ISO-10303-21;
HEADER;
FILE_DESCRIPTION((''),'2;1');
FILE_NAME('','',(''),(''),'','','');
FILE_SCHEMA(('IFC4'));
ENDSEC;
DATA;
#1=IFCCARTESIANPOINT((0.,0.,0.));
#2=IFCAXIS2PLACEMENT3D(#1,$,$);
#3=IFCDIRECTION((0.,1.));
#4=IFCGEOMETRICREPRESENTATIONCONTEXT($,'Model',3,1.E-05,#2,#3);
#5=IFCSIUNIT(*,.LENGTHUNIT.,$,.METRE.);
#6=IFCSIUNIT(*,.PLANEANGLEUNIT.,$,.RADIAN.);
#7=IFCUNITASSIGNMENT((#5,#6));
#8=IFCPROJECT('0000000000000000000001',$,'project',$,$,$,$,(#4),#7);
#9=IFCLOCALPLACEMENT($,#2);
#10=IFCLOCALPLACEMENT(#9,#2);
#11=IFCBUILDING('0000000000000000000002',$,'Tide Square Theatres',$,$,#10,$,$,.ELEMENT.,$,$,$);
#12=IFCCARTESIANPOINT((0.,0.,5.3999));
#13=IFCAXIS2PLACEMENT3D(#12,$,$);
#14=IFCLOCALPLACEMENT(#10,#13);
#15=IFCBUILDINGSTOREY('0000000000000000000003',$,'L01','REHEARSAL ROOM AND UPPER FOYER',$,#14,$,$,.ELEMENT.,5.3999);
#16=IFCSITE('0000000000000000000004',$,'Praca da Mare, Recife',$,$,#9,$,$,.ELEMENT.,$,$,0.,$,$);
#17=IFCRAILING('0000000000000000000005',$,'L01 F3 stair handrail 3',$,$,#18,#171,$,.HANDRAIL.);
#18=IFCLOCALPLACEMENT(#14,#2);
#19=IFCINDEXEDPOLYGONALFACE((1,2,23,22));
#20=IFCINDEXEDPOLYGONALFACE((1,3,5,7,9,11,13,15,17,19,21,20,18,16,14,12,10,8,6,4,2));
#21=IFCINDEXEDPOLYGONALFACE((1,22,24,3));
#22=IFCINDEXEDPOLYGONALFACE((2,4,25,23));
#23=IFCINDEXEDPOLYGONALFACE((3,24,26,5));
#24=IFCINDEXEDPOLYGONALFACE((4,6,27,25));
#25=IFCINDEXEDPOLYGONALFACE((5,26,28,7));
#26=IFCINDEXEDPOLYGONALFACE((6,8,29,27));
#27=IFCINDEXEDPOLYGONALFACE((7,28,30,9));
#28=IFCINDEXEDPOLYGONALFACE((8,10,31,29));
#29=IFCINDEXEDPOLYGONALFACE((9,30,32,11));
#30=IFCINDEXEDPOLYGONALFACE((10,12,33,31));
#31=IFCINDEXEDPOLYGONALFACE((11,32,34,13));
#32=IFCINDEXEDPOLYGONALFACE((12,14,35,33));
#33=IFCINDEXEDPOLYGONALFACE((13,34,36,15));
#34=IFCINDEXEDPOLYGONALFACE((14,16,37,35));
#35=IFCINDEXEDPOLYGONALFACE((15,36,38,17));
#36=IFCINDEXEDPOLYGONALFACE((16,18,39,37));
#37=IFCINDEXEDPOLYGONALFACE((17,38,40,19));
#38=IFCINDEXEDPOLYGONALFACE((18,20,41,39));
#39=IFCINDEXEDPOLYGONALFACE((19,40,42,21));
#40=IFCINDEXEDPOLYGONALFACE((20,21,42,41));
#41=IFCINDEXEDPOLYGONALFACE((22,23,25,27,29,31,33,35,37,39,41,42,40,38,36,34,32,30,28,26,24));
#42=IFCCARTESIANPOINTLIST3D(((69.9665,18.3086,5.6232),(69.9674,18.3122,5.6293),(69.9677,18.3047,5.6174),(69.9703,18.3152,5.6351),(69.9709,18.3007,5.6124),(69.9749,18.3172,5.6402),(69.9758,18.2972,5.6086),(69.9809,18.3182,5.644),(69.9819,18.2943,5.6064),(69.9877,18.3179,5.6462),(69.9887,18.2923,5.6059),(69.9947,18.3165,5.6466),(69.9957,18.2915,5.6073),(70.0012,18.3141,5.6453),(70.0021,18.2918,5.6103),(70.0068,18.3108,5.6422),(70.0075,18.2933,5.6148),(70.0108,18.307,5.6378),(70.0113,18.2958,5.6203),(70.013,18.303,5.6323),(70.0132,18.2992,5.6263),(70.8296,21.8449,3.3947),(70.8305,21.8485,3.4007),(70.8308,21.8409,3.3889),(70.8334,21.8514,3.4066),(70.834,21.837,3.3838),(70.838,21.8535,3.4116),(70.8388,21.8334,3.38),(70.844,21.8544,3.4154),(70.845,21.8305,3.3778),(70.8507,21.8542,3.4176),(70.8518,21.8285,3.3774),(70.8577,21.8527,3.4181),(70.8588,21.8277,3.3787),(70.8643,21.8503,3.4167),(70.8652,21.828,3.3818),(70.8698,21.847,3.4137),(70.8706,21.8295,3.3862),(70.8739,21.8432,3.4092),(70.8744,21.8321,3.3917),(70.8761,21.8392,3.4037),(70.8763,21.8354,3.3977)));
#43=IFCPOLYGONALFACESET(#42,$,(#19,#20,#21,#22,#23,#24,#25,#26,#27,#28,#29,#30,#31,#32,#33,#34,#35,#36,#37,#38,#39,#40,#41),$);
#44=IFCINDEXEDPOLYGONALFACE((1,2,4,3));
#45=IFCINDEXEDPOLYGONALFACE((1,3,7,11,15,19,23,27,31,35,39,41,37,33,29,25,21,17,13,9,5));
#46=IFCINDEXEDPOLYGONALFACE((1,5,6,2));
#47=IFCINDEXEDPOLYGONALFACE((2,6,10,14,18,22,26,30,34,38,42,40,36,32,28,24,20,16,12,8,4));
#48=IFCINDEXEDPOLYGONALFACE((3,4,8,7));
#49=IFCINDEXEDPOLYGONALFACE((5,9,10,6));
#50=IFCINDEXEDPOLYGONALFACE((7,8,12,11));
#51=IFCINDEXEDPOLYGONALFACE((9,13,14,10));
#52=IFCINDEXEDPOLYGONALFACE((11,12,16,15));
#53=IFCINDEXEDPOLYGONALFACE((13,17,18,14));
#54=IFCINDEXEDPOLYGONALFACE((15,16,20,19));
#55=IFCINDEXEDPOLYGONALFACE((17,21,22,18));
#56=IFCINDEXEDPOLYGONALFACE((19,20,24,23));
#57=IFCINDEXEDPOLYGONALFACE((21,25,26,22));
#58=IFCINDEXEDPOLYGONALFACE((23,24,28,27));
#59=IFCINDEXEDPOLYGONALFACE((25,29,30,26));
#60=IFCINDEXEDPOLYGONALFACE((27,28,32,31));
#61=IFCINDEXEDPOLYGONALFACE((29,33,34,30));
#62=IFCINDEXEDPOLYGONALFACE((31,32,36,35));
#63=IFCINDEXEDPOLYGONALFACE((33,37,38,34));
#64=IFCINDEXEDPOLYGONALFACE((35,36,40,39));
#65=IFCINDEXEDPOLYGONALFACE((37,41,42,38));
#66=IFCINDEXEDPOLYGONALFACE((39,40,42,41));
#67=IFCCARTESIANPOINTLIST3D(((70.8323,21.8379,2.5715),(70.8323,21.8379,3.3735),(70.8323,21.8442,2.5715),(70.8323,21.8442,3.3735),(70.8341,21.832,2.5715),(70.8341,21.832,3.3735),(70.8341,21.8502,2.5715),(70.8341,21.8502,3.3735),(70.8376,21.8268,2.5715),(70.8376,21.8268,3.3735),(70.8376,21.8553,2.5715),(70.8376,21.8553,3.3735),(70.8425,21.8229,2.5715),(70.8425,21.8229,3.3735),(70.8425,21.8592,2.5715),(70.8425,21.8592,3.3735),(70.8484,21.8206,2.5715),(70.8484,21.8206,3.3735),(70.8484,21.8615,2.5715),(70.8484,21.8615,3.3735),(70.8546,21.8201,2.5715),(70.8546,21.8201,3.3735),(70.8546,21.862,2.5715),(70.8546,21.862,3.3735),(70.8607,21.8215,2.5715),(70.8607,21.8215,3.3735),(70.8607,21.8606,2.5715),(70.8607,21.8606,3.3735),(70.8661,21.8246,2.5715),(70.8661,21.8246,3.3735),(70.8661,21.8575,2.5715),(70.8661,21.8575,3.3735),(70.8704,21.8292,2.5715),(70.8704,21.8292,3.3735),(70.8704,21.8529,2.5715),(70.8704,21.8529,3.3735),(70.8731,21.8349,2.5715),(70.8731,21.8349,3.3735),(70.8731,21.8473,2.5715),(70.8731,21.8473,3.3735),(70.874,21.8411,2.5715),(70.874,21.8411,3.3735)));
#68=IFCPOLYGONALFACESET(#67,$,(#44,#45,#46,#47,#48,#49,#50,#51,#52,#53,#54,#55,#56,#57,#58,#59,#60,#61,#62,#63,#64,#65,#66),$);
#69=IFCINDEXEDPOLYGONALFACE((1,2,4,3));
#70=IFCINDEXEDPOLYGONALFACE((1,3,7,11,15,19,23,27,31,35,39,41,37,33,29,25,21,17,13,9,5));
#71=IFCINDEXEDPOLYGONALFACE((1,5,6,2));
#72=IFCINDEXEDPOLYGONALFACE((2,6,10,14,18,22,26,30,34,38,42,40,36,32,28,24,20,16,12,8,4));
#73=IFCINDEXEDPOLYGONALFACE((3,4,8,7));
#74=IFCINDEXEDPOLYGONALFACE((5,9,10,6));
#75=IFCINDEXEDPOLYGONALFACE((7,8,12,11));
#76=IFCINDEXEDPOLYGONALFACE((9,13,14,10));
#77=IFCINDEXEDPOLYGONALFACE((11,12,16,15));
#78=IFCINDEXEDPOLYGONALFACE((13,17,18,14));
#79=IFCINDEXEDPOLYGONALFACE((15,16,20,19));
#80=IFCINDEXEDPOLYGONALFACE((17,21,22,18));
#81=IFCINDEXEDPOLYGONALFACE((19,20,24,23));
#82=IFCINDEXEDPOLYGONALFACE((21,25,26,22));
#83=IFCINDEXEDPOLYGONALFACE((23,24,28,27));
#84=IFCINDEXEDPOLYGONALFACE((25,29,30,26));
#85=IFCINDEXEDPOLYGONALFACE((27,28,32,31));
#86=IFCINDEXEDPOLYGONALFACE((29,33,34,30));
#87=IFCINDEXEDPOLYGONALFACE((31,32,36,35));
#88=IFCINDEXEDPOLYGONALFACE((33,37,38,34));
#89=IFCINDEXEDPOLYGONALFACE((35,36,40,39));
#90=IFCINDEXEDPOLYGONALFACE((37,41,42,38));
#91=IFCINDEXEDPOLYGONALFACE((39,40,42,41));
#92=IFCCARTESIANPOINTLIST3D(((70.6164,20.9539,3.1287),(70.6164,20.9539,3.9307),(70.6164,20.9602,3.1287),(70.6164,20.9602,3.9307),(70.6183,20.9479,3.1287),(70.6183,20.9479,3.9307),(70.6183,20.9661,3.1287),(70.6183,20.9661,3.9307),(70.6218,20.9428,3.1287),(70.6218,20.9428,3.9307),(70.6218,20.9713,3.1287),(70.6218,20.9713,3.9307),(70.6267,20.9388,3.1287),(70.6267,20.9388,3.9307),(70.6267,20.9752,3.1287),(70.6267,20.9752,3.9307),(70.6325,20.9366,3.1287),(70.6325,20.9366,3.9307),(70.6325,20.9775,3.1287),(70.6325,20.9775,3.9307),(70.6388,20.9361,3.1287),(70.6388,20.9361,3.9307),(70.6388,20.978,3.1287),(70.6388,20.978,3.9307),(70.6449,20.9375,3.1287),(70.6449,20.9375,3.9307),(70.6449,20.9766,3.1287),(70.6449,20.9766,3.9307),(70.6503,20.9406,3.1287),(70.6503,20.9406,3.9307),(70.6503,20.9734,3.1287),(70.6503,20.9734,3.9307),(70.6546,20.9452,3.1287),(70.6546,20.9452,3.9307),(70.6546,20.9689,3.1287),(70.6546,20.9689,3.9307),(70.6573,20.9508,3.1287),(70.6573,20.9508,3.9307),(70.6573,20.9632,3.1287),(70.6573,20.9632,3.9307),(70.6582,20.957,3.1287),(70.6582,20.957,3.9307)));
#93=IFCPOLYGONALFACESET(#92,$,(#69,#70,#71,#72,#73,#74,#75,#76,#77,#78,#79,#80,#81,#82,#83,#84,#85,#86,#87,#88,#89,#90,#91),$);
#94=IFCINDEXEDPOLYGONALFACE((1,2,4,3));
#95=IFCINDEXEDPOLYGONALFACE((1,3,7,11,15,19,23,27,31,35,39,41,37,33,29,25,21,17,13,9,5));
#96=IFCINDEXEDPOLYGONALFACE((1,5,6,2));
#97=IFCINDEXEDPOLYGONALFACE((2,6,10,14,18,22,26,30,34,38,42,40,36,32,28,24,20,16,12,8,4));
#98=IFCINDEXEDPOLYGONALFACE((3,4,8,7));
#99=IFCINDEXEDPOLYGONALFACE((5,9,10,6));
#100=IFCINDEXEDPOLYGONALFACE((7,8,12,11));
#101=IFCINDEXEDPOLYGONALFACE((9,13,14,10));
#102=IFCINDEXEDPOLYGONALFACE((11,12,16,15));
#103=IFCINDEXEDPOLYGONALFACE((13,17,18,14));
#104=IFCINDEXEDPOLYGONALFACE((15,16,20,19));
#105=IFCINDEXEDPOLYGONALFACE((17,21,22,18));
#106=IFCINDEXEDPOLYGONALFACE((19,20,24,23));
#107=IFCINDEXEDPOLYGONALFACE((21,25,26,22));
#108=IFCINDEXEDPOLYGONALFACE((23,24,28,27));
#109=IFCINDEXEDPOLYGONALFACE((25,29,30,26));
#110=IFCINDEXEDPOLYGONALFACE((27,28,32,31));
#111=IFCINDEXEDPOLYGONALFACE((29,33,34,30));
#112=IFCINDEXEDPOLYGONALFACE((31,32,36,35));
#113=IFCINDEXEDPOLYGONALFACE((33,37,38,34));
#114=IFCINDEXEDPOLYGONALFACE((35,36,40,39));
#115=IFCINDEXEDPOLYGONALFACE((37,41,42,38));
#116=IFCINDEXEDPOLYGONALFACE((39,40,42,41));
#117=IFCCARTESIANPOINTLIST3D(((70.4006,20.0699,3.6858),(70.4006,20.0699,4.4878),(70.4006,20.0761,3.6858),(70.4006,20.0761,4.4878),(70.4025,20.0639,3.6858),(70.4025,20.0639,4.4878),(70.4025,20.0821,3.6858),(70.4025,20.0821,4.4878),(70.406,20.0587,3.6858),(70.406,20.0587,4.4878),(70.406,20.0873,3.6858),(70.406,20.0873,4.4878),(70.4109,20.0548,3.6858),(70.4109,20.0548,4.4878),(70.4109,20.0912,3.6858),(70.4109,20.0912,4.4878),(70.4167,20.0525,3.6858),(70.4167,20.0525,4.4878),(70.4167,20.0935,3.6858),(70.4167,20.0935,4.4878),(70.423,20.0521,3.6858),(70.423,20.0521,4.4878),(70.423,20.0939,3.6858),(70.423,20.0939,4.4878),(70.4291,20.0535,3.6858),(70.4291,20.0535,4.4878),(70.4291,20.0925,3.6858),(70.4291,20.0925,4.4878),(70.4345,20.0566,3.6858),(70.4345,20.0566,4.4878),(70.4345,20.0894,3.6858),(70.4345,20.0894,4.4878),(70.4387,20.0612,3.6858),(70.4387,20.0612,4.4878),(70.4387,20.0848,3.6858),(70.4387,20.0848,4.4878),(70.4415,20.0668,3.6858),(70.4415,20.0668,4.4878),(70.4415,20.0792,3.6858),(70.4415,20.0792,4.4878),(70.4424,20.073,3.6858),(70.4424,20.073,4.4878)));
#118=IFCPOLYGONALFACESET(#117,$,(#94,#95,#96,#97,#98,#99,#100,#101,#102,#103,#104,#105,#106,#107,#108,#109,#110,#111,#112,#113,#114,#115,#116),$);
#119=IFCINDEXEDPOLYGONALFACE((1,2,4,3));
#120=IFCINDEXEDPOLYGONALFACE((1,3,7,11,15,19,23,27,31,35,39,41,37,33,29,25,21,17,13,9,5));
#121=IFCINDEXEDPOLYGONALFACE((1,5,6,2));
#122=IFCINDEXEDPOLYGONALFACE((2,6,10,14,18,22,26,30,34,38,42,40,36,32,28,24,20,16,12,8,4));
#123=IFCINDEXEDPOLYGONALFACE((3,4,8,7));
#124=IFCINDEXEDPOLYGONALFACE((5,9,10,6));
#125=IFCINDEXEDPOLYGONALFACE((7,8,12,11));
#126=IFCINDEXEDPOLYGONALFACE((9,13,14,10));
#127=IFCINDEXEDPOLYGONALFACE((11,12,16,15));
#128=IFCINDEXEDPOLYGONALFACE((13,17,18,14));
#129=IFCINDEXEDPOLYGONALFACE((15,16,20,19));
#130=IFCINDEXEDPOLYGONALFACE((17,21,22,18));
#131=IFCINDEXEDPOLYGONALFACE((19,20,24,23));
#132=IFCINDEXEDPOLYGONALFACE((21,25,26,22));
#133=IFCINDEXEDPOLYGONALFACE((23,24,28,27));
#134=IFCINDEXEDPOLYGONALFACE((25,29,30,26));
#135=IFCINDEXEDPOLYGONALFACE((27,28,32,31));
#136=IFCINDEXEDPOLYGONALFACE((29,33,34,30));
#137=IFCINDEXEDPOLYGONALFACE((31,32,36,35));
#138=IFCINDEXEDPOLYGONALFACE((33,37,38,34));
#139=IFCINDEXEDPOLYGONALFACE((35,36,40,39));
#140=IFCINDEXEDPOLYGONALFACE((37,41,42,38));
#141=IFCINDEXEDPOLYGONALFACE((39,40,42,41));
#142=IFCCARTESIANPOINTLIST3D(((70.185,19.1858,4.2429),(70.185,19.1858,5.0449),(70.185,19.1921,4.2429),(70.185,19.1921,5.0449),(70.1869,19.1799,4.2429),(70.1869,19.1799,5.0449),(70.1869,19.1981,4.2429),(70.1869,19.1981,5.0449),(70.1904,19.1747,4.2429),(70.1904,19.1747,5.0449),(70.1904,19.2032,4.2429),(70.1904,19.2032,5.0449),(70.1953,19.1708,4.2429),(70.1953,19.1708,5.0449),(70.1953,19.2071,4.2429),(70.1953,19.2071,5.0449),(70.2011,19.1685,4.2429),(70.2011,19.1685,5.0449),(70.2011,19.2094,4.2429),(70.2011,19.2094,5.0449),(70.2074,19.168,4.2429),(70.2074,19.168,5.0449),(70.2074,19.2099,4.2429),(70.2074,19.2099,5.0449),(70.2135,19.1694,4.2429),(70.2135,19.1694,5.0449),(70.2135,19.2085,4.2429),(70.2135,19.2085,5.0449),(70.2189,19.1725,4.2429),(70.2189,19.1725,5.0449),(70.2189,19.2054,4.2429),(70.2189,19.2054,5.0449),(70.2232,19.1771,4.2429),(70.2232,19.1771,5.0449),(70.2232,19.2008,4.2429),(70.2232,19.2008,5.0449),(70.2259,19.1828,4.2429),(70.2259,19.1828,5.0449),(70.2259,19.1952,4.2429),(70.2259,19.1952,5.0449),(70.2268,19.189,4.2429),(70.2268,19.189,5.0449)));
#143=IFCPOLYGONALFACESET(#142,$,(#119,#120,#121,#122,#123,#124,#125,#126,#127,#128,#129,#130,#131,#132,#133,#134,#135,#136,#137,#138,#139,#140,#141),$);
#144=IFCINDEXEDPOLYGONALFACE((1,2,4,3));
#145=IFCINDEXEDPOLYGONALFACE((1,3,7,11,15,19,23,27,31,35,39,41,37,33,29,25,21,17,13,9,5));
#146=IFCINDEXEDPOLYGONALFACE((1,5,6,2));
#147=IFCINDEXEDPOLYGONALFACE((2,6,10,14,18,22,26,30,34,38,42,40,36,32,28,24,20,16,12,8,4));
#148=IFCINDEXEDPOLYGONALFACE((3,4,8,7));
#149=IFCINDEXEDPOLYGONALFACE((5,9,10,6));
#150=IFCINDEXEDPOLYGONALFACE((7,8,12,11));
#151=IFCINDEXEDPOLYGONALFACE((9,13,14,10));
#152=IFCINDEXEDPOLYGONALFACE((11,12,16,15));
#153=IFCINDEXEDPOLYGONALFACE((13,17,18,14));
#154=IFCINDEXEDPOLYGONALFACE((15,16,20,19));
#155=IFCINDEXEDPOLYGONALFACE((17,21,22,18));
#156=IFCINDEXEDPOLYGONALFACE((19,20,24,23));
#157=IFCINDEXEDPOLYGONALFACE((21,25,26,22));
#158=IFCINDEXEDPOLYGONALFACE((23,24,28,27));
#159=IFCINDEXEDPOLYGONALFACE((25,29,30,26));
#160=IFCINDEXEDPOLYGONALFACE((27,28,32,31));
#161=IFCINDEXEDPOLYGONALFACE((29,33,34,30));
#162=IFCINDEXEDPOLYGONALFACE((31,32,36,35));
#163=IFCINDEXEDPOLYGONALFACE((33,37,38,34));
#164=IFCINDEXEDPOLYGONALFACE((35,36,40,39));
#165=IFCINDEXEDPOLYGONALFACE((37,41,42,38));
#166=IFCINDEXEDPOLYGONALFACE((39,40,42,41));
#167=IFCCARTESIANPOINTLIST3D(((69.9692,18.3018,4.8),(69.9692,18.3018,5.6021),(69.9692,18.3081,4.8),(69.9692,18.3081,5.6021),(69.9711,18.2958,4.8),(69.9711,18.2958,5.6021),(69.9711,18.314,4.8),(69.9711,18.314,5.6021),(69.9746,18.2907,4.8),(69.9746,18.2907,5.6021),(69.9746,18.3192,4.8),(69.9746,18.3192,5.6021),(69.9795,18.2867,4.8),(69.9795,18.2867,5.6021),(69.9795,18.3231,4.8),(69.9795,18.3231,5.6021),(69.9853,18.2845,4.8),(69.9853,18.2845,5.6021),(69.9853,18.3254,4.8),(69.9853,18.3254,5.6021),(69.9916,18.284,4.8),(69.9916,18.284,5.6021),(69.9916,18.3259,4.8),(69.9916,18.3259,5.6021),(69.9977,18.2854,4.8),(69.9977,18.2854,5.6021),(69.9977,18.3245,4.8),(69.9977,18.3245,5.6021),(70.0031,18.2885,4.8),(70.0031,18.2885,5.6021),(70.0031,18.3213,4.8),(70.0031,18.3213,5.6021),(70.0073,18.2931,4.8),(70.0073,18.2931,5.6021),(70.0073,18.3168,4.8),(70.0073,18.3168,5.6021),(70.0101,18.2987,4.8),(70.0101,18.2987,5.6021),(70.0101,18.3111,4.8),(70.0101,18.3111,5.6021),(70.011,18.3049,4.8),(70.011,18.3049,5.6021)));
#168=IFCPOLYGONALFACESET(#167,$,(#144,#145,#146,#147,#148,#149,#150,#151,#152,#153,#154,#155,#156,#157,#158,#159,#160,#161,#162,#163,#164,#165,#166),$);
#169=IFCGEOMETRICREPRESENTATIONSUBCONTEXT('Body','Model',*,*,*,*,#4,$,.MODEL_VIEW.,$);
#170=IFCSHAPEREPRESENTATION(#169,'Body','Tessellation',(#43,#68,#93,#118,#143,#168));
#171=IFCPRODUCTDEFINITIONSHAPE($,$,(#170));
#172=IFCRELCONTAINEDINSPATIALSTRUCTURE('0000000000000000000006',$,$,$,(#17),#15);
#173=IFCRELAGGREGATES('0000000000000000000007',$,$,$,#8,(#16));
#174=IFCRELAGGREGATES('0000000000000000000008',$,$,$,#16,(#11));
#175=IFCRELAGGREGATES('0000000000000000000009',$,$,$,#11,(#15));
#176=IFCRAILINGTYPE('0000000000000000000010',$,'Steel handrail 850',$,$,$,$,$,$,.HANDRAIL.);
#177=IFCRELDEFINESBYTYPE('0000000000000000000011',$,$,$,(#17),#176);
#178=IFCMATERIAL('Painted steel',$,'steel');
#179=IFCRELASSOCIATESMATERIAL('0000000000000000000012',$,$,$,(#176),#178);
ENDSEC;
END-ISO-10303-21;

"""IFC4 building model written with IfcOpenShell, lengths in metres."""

from ifc_helpers import new_model, si_unit, direction, frame, origin, origin_2d, place, context, subcontext, project, spatial, circle, extrude, material, type_object, element, save


model = new_model("IFC4")

# Units and contexts
model_context = context("Model", 3, precision=1e-05, world=origin(), true_north=direction((0.0, 1.0)))
body_context = subcontext(model_context, "Body", "Model", "MODEL_VIEW")
ifc_project = project(units=[si_unit("LENGTHUNIT", "METRE"), si_unit("PLANEANGLEUNIT", "RADIAN")], contexts=[model_context])

# Site, building, storey
site_placement = place(None, origin())
site = spatial("IfcSite", under=ifc_project, at=site_placement, Name="Praca da Mare, Recife", CompositionType="ELEMENT", RefElevation=0.0)
building_placement = place(site_placement, origin())
building = spatial("IfcBuilding", under=site, at=building_placement, Name="Tide Square Theatres", CompositionType="ELEMENT")
storey_placement = place(building_placement, frame((0.0, 0.0, 5.3999)))
storey = spatial("IfcBuildingStorey", under=building, at=storey_placement, Name="L01", Description="REHEARSAL ROOM AND UPPER FOYER", CompositionType="ELEMENT", Elevation=5.3999)

# Railing
ifc_material_1 = material(Name="Painted steel", Category="steel")
railing_type = type_object("IfcRailingType", Name="Steel handrail 850", PredefinedType="HANDRAIL", material=ifc_material_1)
railing_placement = place(storey_placement, frame((70.853, 21.8411, 2.5715)))
element("IfcRailing", 1, at=railing_placement, inside=storey, type_object=railing_type, Name="L01 F3 stair handrail 3", PredefinedType="HANDRAIL", context=body_context, shape_type="SweptSolid", body=[
    extrude(circle(Radius=0.0239, at=origin_2d()), frame((0.0, 0.0, 0.8262), z_axis=(-0.202214, -0.828533, 0.522152), x_axis=(0.971485, -0.237103, 0.0)), (0.0, 0.0, 1.0), 4.2681),
    extrude(circle(Radius=0.021, at=origin_2d()), origin(), (0.0, 0.0, 1.0), 0.802),
    extrude(circle(Radius=0.021, at=origin_2d()), frame((-0.2158, -0.884, 0.5571)), (0.0, 0.0, 1.0), 0.802),
    extrude(circle(Radius=0.021, at=origin_2d()), frame((-0.4316, -1.7681, 1.1143)), (0.0, 0.0, 1.0), 0.802),
    extrude(circle(Radius=0.021, at=origin_2d()), frame((-0.6472, -2.6521, 1.6714)), (0.0, 0.0, 1.0), 0.802),
    extrude(circle(Radius=0.021, at=origin_2d()), frame((-0.863, -3.5361, 2.2285)), (0.0, 0.0, 1.0), 0.802),
])

save(model, "model.ifc")
